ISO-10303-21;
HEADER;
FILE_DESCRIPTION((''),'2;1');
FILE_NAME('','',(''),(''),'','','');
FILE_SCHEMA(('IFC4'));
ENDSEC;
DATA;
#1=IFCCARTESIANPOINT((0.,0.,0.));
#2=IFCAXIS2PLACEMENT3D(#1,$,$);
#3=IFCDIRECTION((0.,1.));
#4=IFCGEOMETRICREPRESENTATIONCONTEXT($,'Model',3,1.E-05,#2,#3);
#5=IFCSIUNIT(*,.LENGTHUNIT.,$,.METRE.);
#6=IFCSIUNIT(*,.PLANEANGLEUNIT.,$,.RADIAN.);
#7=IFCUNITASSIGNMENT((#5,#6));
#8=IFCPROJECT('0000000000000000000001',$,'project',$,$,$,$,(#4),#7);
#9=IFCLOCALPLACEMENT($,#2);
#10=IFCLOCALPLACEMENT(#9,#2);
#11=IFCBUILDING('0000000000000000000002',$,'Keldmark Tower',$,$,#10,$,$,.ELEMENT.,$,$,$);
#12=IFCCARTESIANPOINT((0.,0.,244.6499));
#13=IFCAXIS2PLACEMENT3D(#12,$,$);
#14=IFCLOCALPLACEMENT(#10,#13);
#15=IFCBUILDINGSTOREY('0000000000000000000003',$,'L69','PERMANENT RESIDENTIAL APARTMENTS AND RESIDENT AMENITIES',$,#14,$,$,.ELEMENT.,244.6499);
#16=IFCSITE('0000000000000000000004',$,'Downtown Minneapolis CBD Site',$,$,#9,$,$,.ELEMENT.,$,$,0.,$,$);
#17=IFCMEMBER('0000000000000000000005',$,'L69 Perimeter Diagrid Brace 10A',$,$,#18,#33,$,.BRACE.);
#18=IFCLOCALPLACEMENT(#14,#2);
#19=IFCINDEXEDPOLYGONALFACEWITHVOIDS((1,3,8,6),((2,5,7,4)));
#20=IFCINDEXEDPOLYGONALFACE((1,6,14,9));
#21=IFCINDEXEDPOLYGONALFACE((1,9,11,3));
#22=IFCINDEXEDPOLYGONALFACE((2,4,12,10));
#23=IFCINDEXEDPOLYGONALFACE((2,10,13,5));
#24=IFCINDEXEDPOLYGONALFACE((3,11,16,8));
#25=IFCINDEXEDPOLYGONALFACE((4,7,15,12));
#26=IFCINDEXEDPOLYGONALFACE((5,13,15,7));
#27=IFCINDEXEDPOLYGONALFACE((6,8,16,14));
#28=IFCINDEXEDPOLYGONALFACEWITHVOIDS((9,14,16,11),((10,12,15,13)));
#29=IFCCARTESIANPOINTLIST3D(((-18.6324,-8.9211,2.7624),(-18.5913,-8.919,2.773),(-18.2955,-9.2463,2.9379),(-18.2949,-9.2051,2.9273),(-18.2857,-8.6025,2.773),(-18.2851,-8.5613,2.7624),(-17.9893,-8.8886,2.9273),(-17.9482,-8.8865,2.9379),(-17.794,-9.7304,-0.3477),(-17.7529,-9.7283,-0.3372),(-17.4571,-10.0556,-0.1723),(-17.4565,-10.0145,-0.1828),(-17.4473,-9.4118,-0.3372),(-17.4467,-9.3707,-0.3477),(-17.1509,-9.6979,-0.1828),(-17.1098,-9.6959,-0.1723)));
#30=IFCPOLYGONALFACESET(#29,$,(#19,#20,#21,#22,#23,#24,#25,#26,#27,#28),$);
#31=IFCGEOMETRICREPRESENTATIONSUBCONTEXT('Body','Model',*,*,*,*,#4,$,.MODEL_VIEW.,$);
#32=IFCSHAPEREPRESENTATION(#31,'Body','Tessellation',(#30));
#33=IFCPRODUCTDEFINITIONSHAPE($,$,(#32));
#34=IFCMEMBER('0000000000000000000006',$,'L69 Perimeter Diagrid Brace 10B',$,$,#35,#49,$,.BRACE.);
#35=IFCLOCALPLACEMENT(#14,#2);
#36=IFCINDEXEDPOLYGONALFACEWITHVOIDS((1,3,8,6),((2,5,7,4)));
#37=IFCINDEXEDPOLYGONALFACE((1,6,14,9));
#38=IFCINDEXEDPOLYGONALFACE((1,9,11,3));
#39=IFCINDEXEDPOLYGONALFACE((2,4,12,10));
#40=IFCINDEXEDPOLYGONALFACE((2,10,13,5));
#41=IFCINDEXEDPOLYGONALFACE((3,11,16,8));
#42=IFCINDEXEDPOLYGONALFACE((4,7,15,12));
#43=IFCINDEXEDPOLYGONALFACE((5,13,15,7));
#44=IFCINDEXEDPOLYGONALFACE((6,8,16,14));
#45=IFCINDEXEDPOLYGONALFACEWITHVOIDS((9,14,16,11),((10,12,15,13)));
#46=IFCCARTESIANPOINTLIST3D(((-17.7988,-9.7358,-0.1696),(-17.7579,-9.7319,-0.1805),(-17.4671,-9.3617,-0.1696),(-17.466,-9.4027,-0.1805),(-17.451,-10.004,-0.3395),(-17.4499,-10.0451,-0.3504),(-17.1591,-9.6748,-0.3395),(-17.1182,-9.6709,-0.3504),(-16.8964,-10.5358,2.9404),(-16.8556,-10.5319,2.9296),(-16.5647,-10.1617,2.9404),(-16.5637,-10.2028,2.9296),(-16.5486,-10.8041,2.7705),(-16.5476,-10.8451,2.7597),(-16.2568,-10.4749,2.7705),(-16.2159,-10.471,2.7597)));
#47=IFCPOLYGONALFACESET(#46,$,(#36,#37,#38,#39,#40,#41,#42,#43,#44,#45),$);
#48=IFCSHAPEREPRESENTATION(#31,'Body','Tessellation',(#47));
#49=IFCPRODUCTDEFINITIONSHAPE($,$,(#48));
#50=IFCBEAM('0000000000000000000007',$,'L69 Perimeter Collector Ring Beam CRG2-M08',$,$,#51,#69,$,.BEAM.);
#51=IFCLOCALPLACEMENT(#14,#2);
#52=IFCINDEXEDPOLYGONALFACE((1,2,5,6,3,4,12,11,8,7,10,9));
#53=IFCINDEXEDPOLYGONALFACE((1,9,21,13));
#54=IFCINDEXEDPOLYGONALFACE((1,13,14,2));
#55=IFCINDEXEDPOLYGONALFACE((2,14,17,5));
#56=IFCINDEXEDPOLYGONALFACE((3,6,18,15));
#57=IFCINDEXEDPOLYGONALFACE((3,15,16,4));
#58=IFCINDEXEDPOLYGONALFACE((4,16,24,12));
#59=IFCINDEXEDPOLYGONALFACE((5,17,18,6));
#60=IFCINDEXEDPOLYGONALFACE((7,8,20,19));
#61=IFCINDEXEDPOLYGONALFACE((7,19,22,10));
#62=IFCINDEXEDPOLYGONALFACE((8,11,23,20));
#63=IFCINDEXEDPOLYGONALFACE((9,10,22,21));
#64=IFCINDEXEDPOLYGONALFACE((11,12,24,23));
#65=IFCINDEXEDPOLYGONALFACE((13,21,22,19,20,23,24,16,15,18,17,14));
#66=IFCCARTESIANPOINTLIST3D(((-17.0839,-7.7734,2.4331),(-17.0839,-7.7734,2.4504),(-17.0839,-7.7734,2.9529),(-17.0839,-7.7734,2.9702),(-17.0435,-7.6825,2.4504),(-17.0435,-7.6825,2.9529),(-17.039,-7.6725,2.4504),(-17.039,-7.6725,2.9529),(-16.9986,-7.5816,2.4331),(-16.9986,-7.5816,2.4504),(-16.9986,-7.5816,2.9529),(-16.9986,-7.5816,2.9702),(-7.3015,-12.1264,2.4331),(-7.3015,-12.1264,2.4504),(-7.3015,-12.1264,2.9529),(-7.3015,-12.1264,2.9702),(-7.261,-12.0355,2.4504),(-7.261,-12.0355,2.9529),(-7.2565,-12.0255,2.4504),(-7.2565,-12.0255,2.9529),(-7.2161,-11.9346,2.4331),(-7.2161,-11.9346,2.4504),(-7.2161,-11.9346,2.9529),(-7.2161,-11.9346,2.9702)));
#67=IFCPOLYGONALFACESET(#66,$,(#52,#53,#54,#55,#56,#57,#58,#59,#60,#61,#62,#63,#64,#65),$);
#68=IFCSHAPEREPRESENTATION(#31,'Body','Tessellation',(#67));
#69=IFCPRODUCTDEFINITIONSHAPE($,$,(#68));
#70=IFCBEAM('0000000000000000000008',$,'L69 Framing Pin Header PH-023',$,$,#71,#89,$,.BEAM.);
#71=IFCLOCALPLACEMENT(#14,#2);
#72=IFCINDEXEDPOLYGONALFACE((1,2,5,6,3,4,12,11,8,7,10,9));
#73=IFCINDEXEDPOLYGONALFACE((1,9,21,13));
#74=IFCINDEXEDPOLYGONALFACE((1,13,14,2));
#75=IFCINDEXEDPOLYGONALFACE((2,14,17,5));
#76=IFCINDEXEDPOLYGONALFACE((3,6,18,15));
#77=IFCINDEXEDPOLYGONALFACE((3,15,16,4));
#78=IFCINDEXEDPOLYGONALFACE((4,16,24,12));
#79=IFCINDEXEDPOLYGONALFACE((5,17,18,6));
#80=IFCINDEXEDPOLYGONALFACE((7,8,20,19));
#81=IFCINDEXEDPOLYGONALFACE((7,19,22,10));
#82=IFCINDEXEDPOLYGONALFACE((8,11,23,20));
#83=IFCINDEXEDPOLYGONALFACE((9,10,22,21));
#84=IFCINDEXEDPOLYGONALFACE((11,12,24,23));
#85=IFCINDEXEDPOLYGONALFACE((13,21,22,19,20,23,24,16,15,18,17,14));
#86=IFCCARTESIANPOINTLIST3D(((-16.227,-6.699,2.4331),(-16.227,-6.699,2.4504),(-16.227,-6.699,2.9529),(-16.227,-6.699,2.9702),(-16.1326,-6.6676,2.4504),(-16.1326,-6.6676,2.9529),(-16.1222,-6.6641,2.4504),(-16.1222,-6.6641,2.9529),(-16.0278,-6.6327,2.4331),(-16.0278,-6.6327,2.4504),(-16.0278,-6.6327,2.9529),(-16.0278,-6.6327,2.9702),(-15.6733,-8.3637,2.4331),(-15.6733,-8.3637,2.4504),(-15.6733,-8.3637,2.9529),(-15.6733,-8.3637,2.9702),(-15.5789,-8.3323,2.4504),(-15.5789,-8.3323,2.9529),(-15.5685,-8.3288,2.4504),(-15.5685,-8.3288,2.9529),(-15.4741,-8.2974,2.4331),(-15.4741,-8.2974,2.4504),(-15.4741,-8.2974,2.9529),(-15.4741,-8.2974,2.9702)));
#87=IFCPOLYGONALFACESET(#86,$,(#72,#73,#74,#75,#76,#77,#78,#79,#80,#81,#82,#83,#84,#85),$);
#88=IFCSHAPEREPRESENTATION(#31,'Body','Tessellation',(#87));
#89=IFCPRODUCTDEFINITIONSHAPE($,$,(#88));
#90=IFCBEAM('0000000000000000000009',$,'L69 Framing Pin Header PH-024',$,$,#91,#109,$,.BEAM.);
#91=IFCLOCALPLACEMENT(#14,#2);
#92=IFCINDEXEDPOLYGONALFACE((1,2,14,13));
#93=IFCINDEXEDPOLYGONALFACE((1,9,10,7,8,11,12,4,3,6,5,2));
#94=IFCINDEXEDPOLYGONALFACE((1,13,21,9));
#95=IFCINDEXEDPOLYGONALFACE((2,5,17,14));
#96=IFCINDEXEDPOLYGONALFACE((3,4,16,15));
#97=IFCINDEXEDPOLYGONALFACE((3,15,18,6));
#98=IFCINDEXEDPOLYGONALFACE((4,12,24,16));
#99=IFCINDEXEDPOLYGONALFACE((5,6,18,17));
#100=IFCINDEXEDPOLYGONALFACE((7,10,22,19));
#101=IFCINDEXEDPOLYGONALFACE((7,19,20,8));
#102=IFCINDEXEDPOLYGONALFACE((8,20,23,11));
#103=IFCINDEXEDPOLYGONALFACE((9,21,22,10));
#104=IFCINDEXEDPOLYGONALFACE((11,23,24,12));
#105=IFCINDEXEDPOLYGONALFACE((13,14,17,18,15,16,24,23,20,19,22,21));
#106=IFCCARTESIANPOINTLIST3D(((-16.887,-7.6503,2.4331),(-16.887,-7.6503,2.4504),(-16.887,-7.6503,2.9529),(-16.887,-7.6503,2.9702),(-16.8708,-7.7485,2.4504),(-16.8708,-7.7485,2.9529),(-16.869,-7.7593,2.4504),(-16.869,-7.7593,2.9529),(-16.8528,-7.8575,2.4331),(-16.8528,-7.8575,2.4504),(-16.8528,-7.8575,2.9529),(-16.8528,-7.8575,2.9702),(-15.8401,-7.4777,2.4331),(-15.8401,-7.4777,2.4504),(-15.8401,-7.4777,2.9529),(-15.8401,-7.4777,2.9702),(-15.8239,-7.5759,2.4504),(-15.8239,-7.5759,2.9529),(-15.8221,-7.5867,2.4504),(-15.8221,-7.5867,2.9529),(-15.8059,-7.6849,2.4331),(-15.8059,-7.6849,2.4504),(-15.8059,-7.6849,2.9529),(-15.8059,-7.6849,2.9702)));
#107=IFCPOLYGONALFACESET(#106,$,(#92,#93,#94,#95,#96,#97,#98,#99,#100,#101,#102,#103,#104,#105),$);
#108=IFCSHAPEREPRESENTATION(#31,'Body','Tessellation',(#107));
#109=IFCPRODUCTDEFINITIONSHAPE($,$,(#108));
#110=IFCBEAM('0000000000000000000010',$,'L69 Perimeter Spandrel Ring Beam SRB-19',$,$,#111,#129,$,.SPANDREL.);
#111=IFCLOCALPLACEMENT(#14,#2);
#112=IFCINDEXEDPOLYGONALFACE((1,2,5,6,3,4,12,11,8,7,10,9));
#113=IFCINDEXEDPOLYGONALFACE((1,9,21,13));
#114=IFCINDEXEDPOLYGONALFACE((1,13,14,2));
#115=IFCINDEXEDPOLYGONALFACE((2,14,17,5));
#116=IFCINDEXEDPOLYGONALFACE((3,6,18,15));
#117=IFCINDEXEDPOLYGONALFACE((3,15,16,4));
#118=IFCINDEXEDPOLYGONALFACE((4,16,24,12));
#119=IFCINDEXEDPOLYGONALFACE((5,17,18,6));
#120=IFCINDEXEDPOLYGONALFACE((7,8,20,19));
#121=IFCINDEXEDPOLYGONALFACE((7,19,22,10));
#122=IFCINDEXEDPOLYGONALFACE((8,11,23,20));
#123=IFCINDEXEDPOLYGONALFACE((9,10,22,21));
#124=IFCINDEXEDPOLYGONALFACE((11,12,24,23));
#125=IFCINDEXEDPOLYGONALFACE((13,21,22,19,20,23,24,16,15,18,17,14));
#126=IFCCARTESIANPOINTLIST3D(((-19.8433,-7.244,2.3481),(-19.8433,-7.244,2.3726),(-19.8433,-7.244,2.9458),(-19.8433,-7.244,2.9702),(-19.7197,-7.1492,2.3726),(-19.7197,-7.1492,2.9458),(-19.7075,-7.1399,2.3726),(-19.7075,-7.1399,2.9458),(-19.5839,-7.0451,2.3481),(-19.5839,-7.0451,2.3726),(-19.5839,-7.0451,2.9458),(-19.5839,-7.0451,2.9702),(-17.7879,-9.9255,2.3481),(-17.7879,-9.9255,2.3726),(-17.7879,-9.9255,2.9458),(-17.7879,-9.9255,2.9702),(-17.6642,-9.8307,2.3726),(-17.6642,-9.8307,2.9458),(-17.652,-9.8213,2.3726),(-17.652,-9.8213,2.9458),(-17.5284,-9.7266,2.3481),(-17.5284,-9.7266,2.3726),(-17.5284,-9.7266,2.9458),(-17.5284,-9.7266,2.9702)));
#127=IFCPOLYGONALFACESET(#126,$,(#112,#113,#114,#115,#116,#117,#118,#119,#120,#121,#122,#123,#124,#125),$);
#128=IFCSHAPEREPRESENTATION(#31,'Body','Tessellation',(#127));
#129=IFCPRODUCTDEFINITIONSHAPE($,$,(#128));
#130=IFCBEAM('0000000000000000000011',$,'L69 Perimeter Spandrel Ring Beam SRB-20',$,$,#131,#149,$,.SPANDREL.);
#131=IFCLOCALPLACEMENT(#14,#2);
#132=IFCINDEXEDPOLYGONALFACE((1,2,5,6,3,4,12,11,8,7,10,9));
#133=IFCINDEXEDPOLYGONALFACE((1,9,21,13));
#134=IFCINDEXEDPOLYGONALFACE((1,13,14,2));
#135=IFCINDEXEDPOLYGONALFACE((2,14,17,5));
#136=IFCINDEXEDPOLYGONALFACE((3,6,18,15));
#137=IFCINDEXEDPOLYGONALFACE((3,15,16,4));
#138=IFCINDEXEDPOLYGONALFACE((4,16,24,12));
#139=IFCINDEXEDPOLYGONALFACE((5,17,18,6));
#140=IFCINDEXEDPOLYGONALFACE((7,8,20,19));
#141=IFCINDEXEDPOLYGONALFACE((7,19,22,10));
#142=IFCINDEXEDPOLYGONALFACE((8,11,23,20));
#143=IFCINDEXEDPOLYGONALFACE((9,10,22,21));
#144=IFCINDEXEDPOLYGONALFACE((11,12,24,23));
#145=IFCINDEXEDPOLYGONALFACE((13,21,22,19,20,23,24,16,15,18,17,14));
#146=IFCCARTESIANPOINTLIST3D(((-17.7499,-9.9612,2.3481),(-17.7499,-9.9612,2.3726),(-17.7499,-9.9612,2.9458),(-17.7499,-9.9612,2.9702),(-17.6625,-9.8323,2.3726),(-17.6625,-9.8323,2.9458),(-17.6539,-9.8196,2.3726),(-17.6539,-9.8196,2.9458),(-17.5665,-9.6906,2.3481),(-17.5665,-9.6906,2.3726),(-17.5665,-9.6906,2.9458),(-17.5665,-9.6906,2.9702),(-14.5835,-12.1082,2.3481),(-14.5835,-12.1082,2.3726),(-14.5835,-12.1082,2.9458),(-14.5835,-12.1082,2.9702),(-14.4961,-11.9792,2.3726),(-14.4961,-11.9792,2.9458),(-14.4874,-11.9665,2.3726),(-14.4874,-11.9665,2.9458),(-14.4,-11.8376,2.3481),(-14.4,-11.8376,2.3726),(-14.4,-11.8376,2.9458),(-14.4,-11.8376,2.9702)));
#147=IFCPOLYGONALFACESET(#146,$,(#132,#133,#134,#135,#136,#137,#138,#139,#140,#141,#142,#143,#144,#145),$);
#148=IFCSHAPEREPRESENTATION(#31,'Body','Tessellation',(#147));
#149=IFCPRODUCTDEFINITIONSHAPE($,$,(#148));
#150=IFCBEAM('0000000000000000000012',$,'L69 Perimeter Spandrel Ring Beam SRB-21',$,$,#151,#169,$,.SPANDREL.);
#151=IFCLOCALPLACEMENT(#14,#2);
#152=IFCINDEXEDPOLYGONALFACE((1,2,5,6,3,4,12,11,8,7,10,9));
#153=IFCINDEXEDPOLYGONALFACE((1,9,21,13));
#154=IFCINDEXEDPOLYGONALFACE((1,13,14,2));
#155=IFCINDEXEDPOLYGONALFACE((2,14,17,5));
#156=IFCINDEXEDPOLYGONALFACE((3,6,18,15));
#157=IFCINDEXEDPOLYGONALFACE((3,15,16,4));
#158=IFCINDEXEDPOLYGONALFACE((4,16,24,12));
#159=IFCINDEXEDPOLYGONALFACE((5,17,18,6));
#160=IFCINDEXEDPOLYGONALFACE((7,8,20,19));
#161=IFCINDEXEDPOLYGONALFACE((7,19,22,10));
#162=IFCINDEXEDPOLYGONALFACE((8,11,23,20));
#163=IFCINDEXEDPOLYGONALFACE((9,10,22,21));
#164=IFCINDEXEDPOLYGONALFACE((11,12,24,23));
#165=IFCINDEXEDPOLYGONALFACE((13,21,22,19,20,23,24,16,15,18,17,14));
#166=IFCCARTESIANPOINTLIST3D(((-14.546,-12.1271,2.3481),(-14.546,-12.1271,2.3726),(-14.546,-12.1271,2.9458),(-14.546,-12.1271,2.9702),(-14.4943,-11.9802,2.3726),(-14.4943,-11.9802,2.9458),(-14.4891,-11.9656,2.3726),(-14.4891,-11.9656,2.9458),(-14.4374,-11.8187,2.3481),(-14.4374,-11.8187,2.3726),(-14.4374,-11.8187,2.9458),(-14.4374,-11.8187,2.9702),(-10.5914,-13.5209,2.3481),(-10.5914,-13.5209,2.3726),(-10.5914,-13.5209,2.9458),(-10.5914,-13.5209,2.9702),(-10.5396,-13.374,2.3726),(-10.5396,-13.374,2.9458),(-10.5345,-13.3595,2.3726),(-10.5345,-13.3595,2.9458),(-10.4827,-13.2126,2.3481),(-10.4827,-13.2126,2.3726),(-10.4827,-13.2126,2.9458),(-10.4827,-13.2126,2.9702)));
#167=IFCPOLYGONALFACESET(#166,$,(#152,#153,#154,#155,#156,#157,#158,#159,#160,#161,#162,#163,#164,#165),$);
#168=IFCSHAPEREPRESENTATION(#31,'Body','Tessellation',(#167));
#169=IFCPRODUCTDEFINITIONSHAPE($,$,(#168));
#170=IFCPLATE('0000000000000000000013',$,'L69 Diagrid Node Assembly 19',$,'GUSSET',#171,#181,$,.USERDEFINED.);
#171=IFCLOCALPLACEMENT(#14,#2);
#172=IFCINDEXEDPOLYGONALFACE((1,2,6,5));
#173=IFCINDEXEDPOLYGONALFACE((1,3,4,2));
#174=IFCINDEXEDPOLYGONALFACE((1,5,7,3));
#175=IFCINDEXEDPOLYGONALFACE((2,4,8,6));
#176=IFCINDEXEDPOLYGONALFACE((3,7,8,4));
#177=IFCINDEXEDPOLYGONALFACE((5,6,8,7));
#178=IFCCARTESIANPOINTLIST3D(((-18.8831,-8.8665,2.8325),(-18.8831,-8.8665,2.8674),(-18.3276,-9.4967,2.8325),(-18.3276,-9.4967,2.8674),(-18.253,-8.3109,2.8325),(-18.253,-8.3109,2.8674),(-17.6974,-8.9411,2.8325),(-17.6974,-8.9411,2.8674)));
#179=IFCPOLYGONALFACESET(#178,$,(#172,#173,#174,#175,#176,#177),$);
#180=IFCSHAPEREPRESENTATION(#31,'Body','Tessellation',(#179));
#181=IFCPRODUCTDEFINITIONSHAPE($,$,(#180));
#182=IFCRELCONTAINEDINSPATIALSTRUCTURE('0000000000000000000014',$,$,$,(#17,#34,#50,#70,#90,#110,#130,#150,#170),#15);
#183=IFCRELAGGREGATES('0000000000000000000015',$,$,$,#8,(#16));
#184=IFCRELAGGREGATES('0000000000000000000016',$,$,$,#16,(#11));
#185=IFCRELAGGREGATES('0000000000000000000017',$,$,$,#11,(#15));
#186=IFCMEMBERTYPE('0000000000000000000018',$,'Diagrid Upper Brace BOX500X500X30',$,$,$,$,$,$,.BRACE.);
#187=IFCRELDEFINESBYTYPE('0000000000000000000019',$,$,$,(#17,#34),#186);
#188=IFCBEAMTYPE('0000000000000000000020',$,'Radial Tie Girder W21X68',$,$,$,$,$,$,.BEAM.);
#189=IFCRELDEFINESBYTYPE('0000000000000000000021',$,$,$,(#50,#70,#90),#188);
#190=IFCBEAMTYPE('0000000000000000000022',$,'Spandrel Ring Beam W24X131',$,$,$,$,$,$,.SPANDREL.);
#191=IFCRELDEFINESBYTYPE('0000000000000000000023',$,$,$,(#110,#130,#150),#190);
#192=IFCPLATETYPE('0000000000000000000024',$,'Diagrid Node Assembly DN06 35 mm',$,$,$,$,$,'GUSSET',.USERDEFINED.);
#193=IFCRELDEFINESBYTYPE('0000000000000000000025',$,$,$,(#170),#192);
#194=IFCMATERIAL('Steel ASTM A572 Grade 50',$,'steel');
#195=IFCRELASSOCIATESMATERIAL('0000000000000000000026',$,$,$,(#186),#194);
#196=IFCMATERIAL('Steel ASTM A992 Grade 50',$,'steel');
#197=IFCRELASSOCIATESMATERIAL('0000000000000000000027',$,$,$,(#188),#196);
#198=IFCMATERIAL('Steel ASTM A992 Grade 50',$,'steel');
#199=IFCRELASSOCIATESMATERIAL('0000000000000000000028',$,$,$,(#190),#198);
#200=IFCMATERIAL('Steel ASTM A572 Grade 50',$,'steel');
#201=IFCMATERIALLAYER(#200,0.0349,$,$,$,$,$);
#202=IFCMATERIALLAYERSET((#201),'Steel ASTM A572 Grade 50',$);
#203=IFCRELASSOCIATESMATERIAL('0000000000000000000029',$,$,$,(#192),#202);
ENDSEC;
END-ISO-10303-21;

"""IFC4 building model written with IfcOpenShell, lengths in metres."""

from ifc_helpers import new_model, si_unit, direction, frame, origin, origin_2d, place, context, subcontext, project, spatial, rectangle, hollow_rectangle, i_section, extrude, material, layer, layer_set, material_profile, profile_set, type_object, element, save


model = new_model("IFC4")

# Units and contexts
model_context = context("Model", 3, precision=1e-05, world=origin(), true_north=direction((0.0, 1.0)))
body_context = subcontext(model_context, "Body", "Model", "MODEL_VIEW")
ifc_project = project(units=[si_unit("LENGTHUNIT", "METRE"), si_unit("PLANEANGLEUNIT", "RADIAN")], contexts=[model_context])

# Site, building, storey
site_placement = place(None, origin())
site = spatial("IfcSite", under=ifc_project, at=site_placement, Name="Downtown Minneapolis CBD Site", CompositionType="ELEMENT", RefElevation=0.0)
building_placement = place(site_placement, origin())
building = spatial("IfcBuilding", under=site, at=building_placement, Name="Keldmark Tower", CompositionType="ELEMENT")
storey_placement = place(building_placement, frame((0.0, 0.0, 244.6499)))
storey = spatial("IfcBuildingStorey", under=building, at=storey_placement, Name="L69", Description="PERMANENT RESIDENTIAL APARTMENTS AND RESIDENT AMENITIES", CompositionType="ELEMENT", Elevation=244.6499)

# Members
ifc_material_1 = material(Name="Steel ASTM A572 Grade 50", Category="steel")
ifc_material_profile_1 = material_profile(ifc_material_1, hollow_rectangle(XDim=0.5, YDim=0.5, WallThickness=0.03, at=origin_2d()), Name="BOX500X500X30")
ifc_profile_set_1 = profile_set([ifc_material_profile_1], Name="Steel ASTM A572 Grade 50")
member_type = type_object("IfcMemberType", Name="Diagrid Upper Brace BOX500X500X30", PredefinedType="BRACE", material=ifc_profile_set_1)
member_1_placement = place(storey_placement, frame((-17.4519, -9.7131, -0.26), z_axis=(-0.252429, 0.243682, 0.936429), x_axis=(-0.694531, -0.719463, 0.0)))
element("IfcMember", 1, at=member_1_placement, inside=storey, type_object=member_type, Name="L69 Perimeter Diagrid Brace 10A", PredefinedType="BRACE", context=body_context, shape_type="SweptSolid", body=[
    extrude(hollow_rectangle(XDim=0.5, YDim=0.5, WallThickness=0.03, at=origin_2d()), origin(), (0.0, 0.0, 1.0), 3.3213),
])
member_2_placement = place(storey_placement, frame((-17.4585, -9.7034, -0.26), z_axis=(0.270509, -0.239842, 0.932363), x_axis=(0.663421, 0.748246, 0.0)))
element("IfcMember", 2, at=member_2_placement, inside=storey, type_object=member_type, Name="L69 Perimeter Diagrid Brace 10B", PredefinedType="BRACE", context=body_context, shape_type="SweptSolid", body=[
    extrude(hollow_rectangle(XDim=0.5, YDim=0.5, WallThickness=0.03, at=origin_2d()), origin(), (0.0, 0.0, 1.0), 3.3357),
])

# Beams
ifc_material_2 = material(Name="Steel ASTM A992 Grade 50", Category="steel")
ifc_material_profile_2 = material_profile(ifc_material_2, i_section(OverallWidth=0.21, OverallDepth=0.5371, WebThickness=0.011, FlangeThickness=0.0173, at=origin_2d()), Name="W21X68")
ifc_profile_set_2 = profile_set([ifc_material_profile_2], Name="Steel ASTM A992 Grade 50")
beam_type_1 = type_object("IfcBeamType", Name="Radial Tie Girder W21X68", PredefinedType="BEAM", material=ifc_profile_set_2)
beam_1_placement = place(storey_placement, frame((-17.0413, -7.6775, 2.7017), z_axis=(0.913629, -0.406549, 0.0), x_axis=(0.406549, 0.913629, 0.0)))
element("IfcBeam", 3, at=beam_1_placement, inside=storey, type_object=beam_type_1, Name="L69 Perimeter Collector Ring Beam CRG2-M08", PredefinedType="BEAM", context=body_context, shape_type="SweptSolid", body=[
    extrude(i_section(OverallWidth=0.21, OverallDepth=0.5371, WebThickness=0.011, FlangeThickness=0.0173, at=origin_2d()), origin(), (0.0, 0.0, 1.0), 10.7073),
])
beam_2_placement = place(storey_placement, frame((-15.5737, -8.3306, 2.7017), z_axis=(-0.315602, 0.948892, 0.0), x_axis=(-0.948892, -0.315602, 0.0)))
element("IfcBeam", 4, at=beam_2_placement, inside=storey, type_object=beam_type_1, Name="L69 Framing Pin Header PH-023", PredefinedType="BEAM", context=body_context, shape_type="SweptSolid", body=[
    extrude(i_section(OverallWidth=0.21, OverallDepth=0.5371, WebThickness=0.011, FlangeThickness=0.0173, at=origin_2d()), origin(), (0.0, 0.0, 1.0), 1.7544),
])
beam_3_placement = place(storey_placement, frame((-15.823, -7.5813, 2.7017), z_axis=(-0.986679, -0.162682, 0.0), x_axis=(0.162682, -0.986679, 0.0)))
element("IfcBeam", 5, at=beam_3_placement, inside=storey, type_object=beam_type_1, Name="L69 Framing Pin Header PH-024", PredefinedType="BEAM", context=body_context, shape_type="SweptSolid", body=[
    extrude(i_section(OverallWidth=0.21, OverallDepth=0.5371, WebThickness=0.011, FlangeThickness=0.0173, at=origin_2d()), origin(), (0.0, 0.0, 1.0), 1.061),
])
ifc_material_3 = material(Name="Steel ASTM A992 Grade 50", Category="steel")
ifc_material_profile_3 = material_profile(ifc_material_3, i_section(OverallWidth=0.3269, OverallDepth=0.6221, WebThickness=0.0154, FlangeThickness=0.0244, at=origin_2d()), Name="W24X131")
ifc_profile_set_3 = profile_set([ifc_material_profile_3], Name="Steel ASTM A992 Grade 50")
beam_type_2 = type_object("IfcBeamType", Name="Spandrel Ring Beam W24X131", PredefinedType="SPANDREL", material=ifc_profile_set_3)
beam_4_placement = place(storey_placement, frame((-19.7136, -7.1445, 2.6592), z_axis=(0.608372, -0.793652, 0.0), x_axis=(0.793652, 0.608372, 0.0)))
element("IfcBeam", 6, at=beam_4_placement, inside=storey, type_object=beam_type_2, Name="L69 Perimeter Spandrel Ring Beam SRB-19", PredefinedType="SPANDREL", context=body_context, shape_type="SweptSolid", body=[
    extrude(i_section(OverallWidth=0.3269, OverallDepth=0.6221, WebThickness=0.0154, FlangeThickness=0.0244, at=origin_2d()), origin(), (0.0, 0.0, 1.0), 3.3787),
])
beam_5_placement = place(storey_placement, frame((-17.6582, -9.8259, 2.6592), z_axis=(0.827685, -0.561192, 0.0), x_axis=(0.561192, 0.827685, 0.0)))
element("IfcBeam", 7, at=beam_5_placement, inside=storey, type_object=beam_type_2, Name="L69 Perimeter Spandrel Ring Beam SRB-20", PredefinedType="SPANDREL", context=body_context, shape_type="SweptSolid", body=[
    extrude(i_section(OverallWidth=0.3269, OverallDepth=0.6221, WebThickness=0.0154, FlangeThickness=0.0244, at=origin_2d()), origin(), (0.0, 0.0, 1.0), 3.8257),
])
beam_6_placement = place(storey_placement, frame((-14.4917, -11.9729, 2.6592), z_axis=(0.943135, -0.332409, 0.0), x_axis=(0.332409, 0.943135, 0.0)))
element("IfcBeam", 8, at=beam_6_placement, inside=storey, type_object=beam_type_2, Name="L69 Perimeter Spandrel Ring Beam SRB-21", PredefinedType="SPANDREL", context=body_context, shape_type="SweptSolid", body=[
    extrude(i_section(OverallWidth=0.3269, OverallDepth=0.6221, WebThickness=0.0154, FlangeThickness=0.0244, at=origin_2d()), origin(), (0.0, 0.0, 1.0), 4.1931),
])

# Plate
ifc_material_4 = material(Name="Steel ASTM A572 Grade 50", Category="steel")
ifc_layer_1 = layer(ifc_material_4, 0.0349)
ifc_layer_set_1 = layer_set([ifc_layer_1], Name="Steel ASTM A572 Grade 50")
plate_type = type_object("IfcPlateType", Name="Diagrid Node Assembly DN06 35 mm", ElementType="GUSSET", PredefinedType="USERDEFINED", material=ifc_layer_set_1)
for number, where, z_axis, x_axis, name in (
    (9, (-18.2903, -8.9038, 2.8325), (0.0, 0.0, 1.0), (0.661312, -0.750111, 0.0), "L69 Diagrid Node Assembly 19"),
):
    element("IfcPlate", number, at=place(storey_placement, frame(where, z_axis=z_axis, x_axis=x_axis)), inside=storey, type_object=plate_type, Name=name, ObjectType="GUSSET", PredefinedType="USERDEFINED", context=body_context, shape_type="SweptSolid", body=[
        extrude(rectangle(XDim=0.8401, YDim=0.8401, at=origin_2d()), origin(), (0.0, 0.0, 1.0), 0.0349),
    ])

save(model, "model.ifc")
